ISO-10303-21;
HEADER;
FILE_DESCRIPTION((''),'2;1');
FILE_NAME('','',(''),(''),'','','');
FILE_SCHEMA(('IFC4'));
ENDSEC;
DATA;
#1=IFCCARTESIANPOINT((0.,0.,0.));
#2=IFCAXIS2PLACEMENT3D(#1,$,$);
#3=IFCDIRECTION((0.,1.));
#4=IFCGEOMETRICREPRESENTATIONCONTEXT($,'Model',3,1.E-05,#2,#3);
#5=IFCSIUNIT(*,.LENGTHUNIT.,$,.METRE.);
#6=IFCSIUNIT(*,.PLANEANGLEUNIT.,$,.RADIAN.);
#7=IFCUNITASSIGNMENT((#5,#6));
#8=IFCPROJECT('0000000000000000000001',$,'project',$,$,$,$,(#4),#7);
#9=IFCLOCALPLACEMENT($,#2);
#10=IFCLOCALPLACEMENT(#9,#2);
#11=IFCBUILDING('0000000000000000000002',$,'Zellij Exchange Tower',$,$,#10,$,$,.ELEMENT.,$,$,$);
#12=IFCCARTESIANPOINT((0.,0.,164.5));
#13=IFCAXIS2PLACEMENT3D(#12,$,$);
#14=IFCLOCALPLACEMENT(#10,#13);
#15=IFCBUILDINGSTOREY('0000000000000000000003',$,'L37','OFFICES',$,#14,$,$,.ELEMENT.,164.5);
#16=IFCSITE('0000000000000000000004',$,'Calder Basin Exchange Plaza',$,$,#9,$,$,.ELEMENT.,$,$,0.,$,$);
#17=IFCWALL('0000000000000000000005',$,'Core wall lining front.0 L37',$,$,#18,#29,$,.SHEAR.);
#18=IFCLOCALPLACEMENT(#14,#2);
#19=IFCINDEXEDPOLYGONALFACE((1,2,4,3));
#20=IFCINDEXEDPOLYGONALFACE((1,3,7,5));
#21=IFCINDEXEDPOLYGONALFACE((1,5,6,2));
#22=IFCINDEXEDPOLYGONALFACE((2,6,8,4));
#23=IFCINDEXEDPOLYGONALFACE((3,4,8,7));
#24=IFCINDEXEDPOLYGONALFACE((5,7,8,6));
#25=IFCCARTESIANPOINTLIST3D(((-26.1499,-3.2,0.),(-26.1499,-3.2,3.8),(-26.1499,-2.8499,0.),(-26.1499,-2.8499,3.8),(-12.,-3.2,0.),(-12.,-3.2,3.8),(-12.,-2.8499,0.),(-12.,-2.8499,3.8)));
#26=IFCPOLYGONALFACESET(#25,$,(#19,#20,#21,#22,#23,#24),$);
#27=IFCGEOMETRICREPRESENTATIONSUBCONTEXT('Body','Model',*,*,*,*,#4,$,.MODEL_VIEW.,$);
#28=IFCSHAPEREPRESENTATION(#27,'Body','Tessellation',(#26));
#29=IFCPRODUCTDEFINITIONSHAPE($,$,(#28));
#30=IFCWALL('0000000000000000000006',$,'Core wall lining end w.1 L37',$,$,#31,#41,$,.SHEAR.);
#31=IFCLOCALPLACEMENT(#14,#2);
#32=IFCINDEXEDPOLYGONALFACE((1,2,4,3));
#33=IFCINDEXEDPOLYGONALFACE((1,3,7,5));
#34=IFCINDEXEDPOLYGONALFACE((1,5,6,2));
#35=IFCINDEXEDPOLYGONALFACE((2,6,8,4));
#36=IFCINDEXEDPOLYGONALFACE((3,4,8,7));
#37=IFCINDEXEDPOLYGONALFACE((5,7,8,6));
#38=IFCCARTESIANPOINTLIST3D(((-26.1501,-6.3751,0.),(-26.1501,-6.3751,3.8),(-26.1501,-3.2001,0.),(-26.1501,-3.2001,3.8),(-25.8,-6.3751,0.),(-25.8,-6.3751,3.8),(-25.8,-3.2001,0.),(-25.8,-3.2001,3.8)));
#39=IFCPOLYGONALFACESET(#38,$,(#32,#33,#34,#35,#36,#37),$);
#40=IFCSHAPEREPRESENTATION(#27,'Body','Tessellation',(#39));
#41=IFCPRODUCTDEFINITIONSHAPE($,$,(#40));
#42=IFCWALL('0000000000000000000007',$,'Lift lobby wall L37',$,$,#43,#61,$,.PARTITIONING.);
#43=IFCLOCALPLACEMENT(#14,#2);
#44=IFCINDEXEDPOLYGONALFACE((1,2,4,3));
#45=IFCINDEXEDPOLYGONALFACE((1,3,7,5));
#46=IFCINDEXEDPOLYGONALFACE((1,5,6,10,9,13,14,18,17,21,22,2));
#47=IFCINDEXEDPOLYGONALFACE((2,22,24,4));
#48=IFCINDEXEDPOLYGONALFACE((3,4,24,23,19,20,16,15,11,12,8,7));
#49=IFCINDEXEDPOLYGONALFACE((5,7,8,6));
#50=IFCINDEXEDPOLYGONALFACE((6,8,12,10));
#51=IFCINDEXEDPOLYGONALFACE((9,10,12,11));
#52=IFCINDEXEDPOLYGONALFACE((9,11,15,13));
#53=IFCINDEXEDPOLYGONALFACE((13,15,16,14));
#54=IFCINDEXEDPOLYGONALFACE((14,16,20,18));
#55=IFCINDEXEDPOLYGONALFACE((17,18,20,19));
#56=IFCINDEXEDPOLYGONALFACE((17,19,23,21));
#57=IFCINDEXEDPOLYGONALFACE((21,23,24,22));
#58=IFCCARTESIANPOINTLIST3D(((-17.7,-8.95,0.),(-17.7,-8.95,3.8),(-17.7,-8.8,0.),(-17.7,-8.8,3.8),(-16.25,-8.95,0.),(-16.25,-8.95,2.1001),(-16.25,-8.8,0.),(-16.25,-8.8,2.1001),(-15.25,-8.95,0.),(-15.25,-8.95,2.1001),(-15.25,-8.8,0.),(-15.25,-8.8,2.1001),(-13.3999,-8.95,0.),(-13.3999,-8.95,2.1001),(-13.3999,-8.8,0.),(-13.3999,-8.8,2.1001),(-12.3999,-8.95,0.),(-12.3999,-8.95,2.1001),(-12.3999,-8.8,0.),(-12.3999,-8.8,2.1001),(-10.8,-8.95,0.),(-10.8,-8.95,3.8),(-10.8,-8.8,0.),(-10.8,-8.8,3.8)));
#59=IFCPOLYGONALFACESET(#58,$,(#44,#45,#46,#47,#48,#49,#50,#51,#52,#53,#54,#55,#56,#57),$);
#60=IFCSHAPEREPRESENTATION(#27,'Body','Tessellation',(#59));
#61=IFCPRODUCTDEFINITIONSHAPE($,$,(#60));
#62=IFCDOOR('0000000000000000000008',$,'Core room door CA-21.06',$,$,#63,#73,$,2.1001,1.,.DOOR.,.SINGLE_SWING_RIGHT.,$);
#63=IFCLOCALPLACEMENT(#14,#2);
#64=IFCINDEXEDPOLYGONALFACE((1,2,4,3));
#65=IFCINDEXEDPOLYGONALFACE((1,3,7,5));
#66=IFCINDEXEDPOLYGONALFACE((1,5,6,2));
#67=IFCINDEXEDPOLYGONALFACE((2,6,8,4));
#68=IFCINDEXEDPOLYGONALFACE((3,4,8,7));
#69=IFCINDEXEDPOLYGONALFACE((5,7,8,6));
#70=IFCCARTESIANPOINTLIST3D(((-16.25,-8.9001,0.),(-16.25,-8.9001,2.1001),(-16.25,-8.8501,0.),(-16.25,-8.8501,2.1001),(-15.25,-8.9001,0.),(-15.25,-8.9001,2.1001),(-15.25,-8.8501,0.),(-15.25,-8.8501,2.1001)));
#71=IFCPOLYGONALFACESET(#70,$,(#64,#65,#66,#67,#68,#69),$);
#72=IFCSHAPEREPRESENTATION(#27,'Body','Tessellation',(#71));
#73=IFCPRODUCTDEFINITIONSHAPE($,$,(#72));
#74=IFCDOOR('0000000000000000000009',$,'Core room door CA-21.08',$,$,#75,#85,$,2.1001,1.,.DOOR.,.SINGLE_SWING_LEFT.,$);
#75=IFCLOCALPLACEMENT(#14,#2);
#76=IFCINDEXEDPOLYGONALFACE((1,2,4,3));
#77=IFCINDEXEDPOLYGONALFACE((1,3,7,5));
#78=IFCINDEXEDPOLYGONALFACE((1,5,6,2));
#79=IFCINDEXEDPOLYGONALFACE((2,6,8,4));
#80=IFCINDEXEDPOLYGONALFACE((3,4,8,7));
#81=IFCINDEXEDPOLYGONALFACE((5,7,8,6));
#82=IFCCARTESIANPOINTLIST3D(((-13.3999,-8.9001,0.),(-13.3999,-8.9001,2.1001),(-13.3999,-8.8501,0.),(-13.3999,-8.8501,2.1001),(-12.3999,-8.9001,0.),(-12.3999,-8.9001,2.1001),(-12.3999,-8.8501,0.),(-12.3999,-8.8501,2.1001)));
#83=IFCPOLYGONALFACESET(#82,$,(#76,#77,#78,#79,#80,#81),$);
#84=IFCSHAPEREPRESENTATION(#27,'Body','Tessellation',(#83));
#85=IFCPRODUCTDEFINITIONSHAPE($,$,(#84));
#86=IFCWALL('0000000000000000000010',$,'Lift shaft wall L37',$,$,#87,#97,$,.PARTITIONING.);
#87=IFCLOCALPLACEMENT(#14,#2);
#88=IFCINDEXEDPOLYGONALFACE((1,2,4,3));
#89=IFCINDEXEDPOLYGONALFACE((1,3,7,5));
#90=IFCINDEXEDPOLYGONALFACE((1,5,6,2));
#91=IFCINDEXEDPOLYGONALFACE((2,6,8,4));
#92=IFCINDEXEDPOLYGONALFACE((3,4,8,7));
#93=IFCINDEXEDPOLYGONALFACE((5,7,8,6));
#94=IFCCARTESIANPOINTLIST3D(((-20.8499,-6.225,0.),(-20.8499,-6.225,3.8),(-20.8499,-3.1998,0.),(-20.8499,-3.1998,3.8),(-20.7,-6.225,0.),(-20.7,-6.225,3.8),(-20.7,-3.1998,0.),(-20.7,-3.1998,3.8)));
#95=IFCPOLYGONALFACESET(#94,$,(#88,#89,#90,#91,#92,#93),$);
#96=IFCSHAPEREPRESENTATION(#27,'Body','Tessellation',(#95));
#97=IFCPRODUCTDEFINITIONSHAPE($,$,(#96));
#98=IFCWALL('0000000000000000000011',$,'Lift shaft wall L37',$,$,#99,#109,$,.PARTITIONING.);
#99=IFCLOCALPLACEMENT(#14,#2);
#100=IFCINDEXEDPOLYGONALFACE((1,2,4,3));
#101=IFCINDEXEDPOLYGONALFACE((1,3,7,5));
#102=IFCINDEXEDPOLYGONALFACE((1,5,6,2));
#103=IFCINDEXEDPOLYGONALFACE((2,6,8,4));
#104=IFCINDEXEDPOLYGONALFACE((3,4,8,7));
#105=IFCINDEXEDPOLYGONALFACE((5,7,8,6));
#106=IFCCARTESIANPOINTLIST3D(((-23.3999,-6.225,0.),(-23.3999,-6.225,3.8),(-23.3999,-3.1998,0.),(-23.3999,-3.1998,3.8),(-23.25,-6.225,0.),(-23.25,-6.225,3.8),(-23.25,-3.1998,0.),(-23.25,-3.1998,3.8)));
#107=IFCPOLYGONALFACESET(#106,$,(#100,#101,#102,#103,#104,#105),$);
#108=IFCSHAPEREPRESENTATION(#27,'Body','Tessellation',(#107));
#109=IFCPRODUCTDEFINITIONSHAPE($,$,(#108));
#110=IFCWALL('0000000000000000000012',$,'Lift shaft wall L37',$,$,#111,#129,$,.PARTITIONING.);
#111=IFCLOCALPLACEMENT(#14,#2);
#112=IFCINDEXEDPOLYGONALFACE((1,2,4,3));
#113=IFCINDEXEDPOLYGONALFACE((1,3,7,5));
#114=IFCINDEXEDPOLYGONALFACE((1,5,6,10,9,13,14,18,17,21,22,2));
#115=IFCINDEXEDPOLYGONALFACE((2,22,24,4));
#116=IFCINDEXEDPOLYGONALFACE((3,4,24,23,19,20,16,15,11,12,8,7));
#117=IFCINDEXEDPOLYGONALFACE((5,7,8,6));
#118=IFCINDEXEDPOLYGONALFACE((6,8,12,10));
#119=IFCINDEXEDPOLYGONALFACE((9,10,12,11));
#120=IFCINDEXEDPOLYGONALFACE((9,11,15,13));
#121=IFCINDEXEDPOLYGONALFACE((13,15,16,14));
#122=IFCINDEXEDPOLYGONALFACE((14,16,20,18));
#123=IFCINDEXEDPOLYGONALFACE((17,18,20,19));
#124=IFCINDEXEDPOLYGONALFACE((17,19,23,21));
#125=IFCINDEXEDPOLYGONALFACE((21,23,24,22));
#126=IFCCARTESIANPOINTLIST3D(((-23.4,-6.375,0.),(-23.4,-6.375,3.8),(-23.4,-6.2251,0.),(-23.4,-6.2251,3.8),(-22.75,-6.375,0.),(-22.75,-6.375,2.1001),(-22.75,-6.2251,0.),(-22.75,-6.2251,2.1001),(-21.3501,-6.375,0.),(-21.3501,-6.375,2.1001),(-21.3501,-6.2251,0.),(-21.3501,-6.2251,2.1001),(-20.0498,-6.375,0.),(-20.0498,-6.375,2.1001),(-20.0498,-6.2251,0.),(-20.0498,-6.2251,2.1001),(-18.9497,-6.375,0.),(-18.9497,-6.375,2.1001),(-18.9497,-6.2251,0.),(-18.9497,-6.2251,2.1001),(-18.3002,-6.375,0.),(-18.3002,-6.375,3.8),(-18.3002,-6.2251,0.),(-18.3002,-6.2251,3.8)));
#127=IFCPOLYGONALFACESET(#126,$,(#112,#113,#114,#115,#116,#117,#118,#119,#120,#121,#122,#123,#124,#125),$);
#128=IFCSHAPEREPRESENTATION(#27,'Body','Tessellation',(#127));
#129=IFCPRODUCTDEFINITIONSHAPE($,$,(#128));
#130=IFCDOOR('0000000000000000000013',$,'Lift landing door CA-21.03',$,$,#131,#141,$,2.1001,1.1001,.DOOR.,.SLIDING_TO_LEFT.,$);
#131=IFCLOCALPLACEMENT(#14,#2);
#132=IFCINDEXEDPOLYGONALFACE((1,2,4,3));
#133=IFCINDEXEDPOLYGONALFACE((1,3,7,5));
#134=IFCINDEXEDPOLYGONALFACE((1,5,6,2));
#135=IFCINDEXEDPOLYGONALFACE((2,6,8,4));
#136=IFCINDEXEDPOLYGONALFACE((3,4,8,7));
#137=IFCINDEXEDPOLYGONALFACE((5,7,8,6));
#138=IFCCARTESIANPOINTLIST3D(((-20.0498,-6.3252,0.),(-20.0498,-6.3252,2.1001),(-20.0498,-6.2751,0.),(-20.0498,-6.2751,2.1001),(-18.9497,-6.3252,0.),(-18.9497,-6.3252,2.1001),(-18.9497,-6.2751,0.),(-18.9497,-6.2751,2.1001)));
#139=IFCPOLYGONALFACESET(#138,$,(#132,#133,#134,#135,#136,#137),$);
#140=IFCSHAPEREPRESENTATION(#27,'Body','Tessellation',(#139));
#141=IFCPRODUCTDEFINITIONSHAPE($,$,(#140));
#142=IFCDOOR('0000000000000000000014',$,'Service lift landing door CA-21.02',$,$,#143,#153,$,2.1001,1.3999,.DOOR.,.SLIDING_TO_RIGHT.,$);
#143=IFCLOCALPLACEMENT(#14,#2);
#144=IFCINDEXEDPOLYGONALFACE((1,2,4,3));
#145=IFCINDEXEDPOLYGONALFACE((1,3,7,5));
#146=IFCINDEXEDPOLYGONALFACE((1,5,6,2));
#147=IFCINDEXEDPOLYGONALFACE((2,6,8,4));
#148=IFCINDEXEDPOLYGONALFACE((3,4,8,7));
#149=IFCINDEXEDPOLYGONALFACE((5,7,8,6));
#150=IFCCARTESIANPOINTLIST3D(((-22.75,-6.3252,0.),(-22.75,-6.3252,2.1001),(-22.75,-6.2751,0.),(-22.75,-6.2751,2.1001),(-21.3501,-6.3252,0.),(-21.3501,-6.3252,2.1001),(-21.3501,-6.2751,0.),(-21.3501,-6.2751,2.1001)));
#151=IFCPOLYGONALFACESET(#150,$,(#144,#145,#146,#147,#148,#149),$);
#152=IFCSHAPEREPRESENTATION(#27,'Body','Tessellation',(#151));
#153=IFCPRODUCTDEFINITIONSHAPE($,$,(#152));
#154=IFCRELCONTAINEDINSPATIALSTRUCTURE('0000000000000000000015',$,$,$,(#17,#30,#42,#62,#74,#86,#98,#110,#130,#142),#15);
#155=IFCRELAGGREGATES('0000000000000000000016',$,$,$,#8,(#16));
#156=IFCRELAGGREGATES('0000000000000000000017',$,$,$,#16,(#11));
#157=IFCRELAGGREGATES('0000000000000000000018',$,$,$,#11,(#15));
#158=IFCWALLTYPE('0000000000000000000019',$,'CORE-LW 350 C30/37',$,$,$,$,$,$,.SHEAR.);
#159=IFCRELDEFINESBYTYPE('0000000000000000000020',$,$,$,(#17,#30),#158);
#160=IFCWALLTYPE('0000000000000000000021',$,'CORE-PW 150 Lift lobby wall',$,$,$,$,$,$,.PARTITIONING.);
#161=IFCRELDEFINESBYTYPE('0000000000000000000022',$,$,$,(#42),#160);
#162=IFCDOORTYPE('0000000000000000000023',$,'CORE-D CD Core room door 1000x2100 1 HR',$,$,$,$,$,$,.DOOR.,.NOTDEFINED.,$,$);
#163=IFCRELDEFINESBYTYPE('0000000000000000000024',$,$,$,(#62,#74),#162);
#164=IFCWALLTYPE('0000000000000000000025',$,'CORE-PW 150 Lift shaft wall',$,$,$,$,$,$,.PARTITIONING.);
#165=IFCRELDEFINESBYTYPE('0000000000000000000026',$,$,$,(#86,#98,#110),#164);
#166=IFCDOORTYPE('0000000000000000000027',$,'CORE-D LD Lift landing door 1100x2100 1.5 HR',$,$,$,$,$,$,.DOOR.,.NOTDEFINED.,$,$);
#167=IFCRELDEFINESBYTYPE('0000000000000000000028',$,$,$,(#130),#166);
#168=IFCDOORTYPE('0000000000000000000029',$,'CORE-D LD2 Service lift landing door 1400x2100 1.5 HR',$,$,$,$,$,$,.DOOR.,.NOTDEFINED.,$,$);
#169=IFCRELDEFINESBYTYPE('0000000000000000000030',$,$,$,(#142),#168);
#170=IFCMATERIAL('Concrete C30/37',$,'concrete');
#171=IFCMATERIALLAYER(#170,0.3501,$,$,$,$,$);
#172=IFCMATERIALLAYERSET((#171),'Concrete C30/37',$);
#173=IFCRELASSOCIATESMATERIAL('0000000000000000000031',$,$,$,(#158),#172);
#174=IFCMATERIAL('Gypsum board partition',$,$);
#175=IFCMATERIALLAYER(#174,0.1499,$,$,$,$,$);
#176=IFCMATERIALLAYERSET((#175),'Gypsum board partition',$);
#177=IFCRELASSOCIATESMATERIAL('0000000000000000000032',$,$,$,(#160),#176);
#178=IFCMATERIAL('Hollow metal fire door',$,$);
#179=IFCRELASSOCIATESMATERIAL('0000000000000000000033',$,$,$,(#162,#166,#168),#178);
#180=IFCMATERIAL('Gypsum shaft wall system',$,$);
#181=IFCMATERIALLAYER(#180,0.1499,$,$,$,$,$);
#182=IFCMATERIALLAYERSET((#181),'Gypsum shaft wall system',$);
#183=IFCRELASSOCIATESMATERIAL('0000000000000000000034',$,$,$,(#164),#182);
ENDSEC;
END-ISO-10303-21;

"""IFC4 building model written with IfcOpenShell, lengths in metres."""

from ifc_helpers import new_model, si_unit, direction, frame, frame_2d, origin, place, context, subcontext, project, spatial, rectangle, extrude, material, layer, layer_set, type_object, element, fill, save


model = new_model("IFC4")

# Units and contexts
model_context = context("Model", 3, precision=1e-05, world=origin(), true_north=direction((0.0, 1.0)))
body_context = subcontext(model_context, "Body", "Model", "MODEL_VIEW")
ifc_project = project(units=[si_unit("LENGTHUNIT", "METRE"), si_unit("PLANEANGLEUNIT", "RADIAN")], contexts=[model_context])

# Site, building, storey
site_placement = place(None, origin())
site = spatial("IfcSite", under=ifc_project, at=site_placement, Name="Calder Basin Exchange Plaza", CompositionType="ELEMENT", RefElevation=0.0)
building_placement = place(site_placement, origin())
building = spatial("IfcBuilding", under=site, at=building_placement, Name="Zellij Exchange Tower", CompositionType="ELEMENT")
storey_placement = place(building_placement, frame((0.0, 0.0, 164.5)))
storey = spatial("IfcBuildingStorey", under=building, at=storey_placement, Name="L37", Description="OFFICES", CompositionType="ELEMENT", Elevation=164.5)

# Walls
ifc_material_1 = material(Name="Concrete C30/37", Category="concrete")
ifc_layer_1 = layer(ifc_material_1, 0.3501)
ifc_layer_set_1 = layer_set([ifc_layer_1], Name="Concrete C30/37")
wall_type_1 = type_object("IfcWallType", Name="CORE-LW 350 C30/37", PredefinedType="SHEAR", material=ifc_layer_set_1)
wall_1_placement = place(storey_placement, frame((-26.1499, -3.0249, 0.0), z_axis=(0.0, 0.0, 1.0), x_axis=(1.0, 0.0, 0.0)))
element("IfcWall", 1, at=wall_1_placement, inside=storey, type_object=wall_type_1, Name="Core wall lining front.0 L37", PredefinedType="SHEAR", context=body_context, shape_type="SweptSolid", body=[
    extrude(rectangle(XDim=14.1499, YDim=0.3501, at=frame_2d((7.075, 0.0))), origin(), (0.0, 0.0, 1.0), 3.8),
])
wall_2_placement = place(storey_placement, frame((-25.9751, -6.375, 0.0), z_axis=(0.0, 0.0, 1.0), x_axis=(0.0, 1.0, 0.0)))
element("IfcWall", 2, at=wall_2_placement, inside=storey, type_object=wall_type_1, Name="Core wall lining end w.1 L37", PredefinedType="SHEAR", context=body_context, shape_type="SweptSolid", body=[
    extrude(rectangle(XDim=3.175, YDim=0.3501, at=frame_2d((1.5874, 0.0))), origin(), (0.0, 0.0, 1.0), 3.8),
])

# Wall, openings, doors
ifc_material_2 = material(Name="Gypsum board partition")
ifc_layer_2 = layer(ifc_material_2, 0.1499)
ifc_layer_set_2 = layer_set([ifc_layer_2], Name="Gypsum board partition")
wall_type_2 = type_object("IfcWallType", Name="CORE-PW 150 Lift lobby wall", PredefinedType="PARTITIONING", material=ifc_layer_set_2)
wall_3_placement = place(storey_placement, frame((-17.7, -8.875, 0.0), z_axis=(0.0, 0.0, 1.0), x_axis=(1.0, 0.0, 0.0)))
wall_3 = element("IfcWall", 3, at=wall_3_placement, inside=storey, type_object=wall_type_2, Name="Lift lobby wall L37", PredefinedType="PARTITIONING", context=body_context, shape_type="SweptSolid", body=[
    extrude(rectangle(XDim=6.8999, YDim=0.1499, at=frame_2d((3.45, 0.0))), origin(), (0.0, 0.0, 1.0), 3.8),
])
opening_1_placement = place(wall_3_placement, frame((1.45, 0.0, 0.0)))
opening_1 = element("IfcOpeningElement", 4, at=opening_1_placement, cuts=wall_3, PredefinedType="OPENING", context=body_context, shape_type="SweptSolid", body=[
    extrude(rectangle(XDim=1.0, YDim=2.1001, at=frame_2d((0.5, 1.05))), frame((0.0, 0.0869, 0.0), z_axis=(0.0, -1.0, 0.0), x_axis=(1.0, 0.0, 0.0)), (0.0, 0.0, 1.0), 0.1738),
])
opening_2_placement = place(wall_3_placement, frame((4.3, 0.0, 0.0)))
opening_2 = element("IfcOpeningElement", 5, at=opening_2_placement, cuts=wall_3, PredefinedType="OPENING", context=body_context, shape_type="SweptSolid", body=[
    extrude(rectangle(XDim=1.0, YDim=2.1001, at=frame_2d((0.5, 1.05))), frame((0.0, 0.0869, 0.0), z_axis=(0.0, -1.0, 0.0), x_axis=(1.0, 0.0, 0.0)), (0.0, 0.0, 1.0), 0.1738),
])
ifc_material_3 = material(Name="Hollow metal fire door")
door_type_1 = type_object("IfcDoorType", Name="CORE-D CD Core room door 1000x2100 1 HR", OperationType="NOTDEFINED", PredefinedType="DOOR", material=ifc_material_3)
door_1_placement = place(opening_1_placement, origin())
door_1 = element("IfcDoor", 6, at=door_1_placement, inside=storey, type_object=door_type_1, Name="Core room door CA-21.06", OperationType="SINGLE_SWING_RIGHT", OverallHeight=2.1001, OverallWidth=1.0, PredefinedType="DOOR", context=body_context, shape_type="SweptSolid", body=[
    extrude(rectangle(XDim=1.0, YDim=2.1001, at=frame_2d((0.5, 1.05))), frame((0.0, 0.0249, 0.0), z_axis=(0.0, -1.0, 0.0), x_axis=(1.0, 0.0, 0.0)), (0.0, 0.0, 1.0), 0.05),
])
fill(opening_1, door_1)
door_2_placement = place(opening_2_placement, origin())
door_2 = element("IfcDoor", 7, at=door_2_placement, inside=storey, type_object=door_type_1, Name="Core room door CA-21.08", OperationType="SINGLE_SWING_LEFT", OverallHeight=2.1001, OverallWidth=1.0, PredefinedType="DOOR", context=body_context, shape_type="SweptSolid", body=[
    extrude(rectangle(XDim=1.0, YDim=2.1001, at=frame_2d((0.5, 1.05))), frame((0.0, 0.0249, 0.0), z_axis=(0.0, -1.0, 0.0), x_axis=(1.0, 0.0, 0.0)), (0.0, 0.0, 1.0), 0.05),
])
fill(opening_2, door_2)

# Walls
ifc_material_4 = material(Name="Gypsum shaft wall system")
ifc_layer_3 = layer(ifc_material_4, 0.1499)
ifc_layer_set_3 = layer_set([ifc_layer_3], Name="Gypsum shaft wall system")
wall_type_3 = type_object("IfcWallType", Name="CORE-PW 150 Lift shaft wall", PredefinedType="PARTITIONING", material=ifc_layer_set_3)
for number, where, z_axis, x_axis, name in (
    (8, (-20.7749, -6.2251, 0.0), (0.0, 0.0, 1.0), (0.0, 1.0, 0.0), "Lift shaft wall L37"),
    (9, (-23.325, -6.2251, 0.0), (0.0, 0.0, 1.0), (0.0, 1.0, 0.0), "Lift shaft wall L37"),
):
    element("IfcWall", number, at=place(storey_placement, frame(where, z_axis=z_axis, x_axis=x_axis)), inside=storey, type_object=wall_type_3, Name=name, PredefinedType="PARTITIONING", context=body_context, shape_type="SweptSolid", body=[
        extrude(rectangle(XDim=3.0251, YDim=0.1499, at=frame_2d((1.5127, 0.0))), origin(), (0.0, 0.0, 1.0), 3.8),
    ])

# Wall, openings, doors
wall_4_placement = place(storey_placement, frame((-23.3999, -6.3, 0.0), z_axis=(0.0, 0.0, 1.0), x_axis=(1.0, 0.0, 0.0)))
wall_4 = element("IfcWall", 10, at=wall_4_placement, inside=storey, type_object=wall_type_3, Name="Lift shaft wall L37", PredefinedType="PARTITIONING", context=body_context, shape_type="SweptSolid", body=[
    extrude(rectangle(XDim=5.0999, YDim=0.1499, at=frame_2d((2.5498, 0.0))), origin(), (0.0, 0.0, 1.0), 3.8),
])
opening_3_placement = place(wall_4_placement, frame((0.6499, 0.0, 0.0)))
opening_3 = element("IfcOpeningElement", 11, at=opening_3_placement, cuts=wall_4, PredefinedType="OPENING", context=body_context, shape_type="SweptSolid", body=[
    extrude(rectangle(XDim=1.3999, YDim=2.1001, at=frame_2d((0.7, 1.05))), frame((0.0, 0.0869, 0.0), z_axis=(0.0, -1.0, 0.0), x_axis=(1.0, 0.0, 0.0)), (0.0, 0.0, 1.0), 0.1738),
])
opening_4_placement = place(wall_4_placement, frame((3.3501, 0.0, 0.0)))
opening_4 = element("IfcOpeningElement", 12, at=opening_4_placement, cuts=wall_4, PredefinedType="OPENING", context=body_context, shape_type="SweptSolid", body=[
    extrude(rectangle(XDim=1.1001, YDim=2.1001, at=frame_2d((0.55, 1.05))), frame((0.0, 0.0869, 0.0), z_axis=(0.0, -1.0, 0.0), x_axis=(1.0, 0.0, 0.0)), (0.0, 0.0, 1.0), 0.1738),
])
door_type_2 = type_object("IfcDoorType", Name="CORE-D LD Lift landing door 1100x2100 1.5 HR", OperationType="NOTDEFINED", PredefinedType="DOOR", material=ifc_material_3)
door_3_placement = place(opening_4_placement, origin())
door_3 = element("IfcDoor", 13, at=door_3_placement, inside=storey, type_object=door_type_2, Name="Lift landing door CA-21.03", OperationType="SLIDING_TO_LEFT", OverallHeight=2.1001, OverallWidth=1.1001, PredefinedType="DOOR", context=body_context, shape_type="SweptSolid", body=[
    extrude(rectangle(XDim=1.1001, YDim=2.1001, at=frame_2d((0.55, 1.05))), frame((0.0, 0.0249, 0.0), z_axis=(0.0, -1.0, 0.0), x_axis=(1.0, 0.0, 0.0)), (0.0, 0.0, 1.0), 0.05),
])
fill(opening_4, door_3)
door_type_3 = type_object("IfcDoorType", Name="CORE-D LD2 Service lift landing door 1400x2100 1.5 HR", OperationType="NOTDEFINED", PredefinedType="DOOR", material=ifc_material_3)
door_4_placement = place(opening_3_placement, origin())
door_4 = element("IfcDoor", 14, at=door_4_placement, inside=storey, type_object=door_type_3, Name="Service lift landing door CA-21.02", OperationType="SLIDING_TO_RIGHT", OverallHeight=2.1001, OverallWidth=1.3999, PredefinedType="DOOR", context=body_context, shape_type="SweptSolid", body=[
    extrude(rectangle(XDim=1.3999, YDim=2.1001, at=frame_2d((0.7, 1.05))), frame((0.0, 0.0249, 0.0), z_axis=(0.0, -1.0, 0.0), x_axis=(1.0, 0.0, 0.0)), (0.0, 0.0, 1.0), 0.05),
])
fill(opening_3, door_4)

save(model, "model.ifc")
